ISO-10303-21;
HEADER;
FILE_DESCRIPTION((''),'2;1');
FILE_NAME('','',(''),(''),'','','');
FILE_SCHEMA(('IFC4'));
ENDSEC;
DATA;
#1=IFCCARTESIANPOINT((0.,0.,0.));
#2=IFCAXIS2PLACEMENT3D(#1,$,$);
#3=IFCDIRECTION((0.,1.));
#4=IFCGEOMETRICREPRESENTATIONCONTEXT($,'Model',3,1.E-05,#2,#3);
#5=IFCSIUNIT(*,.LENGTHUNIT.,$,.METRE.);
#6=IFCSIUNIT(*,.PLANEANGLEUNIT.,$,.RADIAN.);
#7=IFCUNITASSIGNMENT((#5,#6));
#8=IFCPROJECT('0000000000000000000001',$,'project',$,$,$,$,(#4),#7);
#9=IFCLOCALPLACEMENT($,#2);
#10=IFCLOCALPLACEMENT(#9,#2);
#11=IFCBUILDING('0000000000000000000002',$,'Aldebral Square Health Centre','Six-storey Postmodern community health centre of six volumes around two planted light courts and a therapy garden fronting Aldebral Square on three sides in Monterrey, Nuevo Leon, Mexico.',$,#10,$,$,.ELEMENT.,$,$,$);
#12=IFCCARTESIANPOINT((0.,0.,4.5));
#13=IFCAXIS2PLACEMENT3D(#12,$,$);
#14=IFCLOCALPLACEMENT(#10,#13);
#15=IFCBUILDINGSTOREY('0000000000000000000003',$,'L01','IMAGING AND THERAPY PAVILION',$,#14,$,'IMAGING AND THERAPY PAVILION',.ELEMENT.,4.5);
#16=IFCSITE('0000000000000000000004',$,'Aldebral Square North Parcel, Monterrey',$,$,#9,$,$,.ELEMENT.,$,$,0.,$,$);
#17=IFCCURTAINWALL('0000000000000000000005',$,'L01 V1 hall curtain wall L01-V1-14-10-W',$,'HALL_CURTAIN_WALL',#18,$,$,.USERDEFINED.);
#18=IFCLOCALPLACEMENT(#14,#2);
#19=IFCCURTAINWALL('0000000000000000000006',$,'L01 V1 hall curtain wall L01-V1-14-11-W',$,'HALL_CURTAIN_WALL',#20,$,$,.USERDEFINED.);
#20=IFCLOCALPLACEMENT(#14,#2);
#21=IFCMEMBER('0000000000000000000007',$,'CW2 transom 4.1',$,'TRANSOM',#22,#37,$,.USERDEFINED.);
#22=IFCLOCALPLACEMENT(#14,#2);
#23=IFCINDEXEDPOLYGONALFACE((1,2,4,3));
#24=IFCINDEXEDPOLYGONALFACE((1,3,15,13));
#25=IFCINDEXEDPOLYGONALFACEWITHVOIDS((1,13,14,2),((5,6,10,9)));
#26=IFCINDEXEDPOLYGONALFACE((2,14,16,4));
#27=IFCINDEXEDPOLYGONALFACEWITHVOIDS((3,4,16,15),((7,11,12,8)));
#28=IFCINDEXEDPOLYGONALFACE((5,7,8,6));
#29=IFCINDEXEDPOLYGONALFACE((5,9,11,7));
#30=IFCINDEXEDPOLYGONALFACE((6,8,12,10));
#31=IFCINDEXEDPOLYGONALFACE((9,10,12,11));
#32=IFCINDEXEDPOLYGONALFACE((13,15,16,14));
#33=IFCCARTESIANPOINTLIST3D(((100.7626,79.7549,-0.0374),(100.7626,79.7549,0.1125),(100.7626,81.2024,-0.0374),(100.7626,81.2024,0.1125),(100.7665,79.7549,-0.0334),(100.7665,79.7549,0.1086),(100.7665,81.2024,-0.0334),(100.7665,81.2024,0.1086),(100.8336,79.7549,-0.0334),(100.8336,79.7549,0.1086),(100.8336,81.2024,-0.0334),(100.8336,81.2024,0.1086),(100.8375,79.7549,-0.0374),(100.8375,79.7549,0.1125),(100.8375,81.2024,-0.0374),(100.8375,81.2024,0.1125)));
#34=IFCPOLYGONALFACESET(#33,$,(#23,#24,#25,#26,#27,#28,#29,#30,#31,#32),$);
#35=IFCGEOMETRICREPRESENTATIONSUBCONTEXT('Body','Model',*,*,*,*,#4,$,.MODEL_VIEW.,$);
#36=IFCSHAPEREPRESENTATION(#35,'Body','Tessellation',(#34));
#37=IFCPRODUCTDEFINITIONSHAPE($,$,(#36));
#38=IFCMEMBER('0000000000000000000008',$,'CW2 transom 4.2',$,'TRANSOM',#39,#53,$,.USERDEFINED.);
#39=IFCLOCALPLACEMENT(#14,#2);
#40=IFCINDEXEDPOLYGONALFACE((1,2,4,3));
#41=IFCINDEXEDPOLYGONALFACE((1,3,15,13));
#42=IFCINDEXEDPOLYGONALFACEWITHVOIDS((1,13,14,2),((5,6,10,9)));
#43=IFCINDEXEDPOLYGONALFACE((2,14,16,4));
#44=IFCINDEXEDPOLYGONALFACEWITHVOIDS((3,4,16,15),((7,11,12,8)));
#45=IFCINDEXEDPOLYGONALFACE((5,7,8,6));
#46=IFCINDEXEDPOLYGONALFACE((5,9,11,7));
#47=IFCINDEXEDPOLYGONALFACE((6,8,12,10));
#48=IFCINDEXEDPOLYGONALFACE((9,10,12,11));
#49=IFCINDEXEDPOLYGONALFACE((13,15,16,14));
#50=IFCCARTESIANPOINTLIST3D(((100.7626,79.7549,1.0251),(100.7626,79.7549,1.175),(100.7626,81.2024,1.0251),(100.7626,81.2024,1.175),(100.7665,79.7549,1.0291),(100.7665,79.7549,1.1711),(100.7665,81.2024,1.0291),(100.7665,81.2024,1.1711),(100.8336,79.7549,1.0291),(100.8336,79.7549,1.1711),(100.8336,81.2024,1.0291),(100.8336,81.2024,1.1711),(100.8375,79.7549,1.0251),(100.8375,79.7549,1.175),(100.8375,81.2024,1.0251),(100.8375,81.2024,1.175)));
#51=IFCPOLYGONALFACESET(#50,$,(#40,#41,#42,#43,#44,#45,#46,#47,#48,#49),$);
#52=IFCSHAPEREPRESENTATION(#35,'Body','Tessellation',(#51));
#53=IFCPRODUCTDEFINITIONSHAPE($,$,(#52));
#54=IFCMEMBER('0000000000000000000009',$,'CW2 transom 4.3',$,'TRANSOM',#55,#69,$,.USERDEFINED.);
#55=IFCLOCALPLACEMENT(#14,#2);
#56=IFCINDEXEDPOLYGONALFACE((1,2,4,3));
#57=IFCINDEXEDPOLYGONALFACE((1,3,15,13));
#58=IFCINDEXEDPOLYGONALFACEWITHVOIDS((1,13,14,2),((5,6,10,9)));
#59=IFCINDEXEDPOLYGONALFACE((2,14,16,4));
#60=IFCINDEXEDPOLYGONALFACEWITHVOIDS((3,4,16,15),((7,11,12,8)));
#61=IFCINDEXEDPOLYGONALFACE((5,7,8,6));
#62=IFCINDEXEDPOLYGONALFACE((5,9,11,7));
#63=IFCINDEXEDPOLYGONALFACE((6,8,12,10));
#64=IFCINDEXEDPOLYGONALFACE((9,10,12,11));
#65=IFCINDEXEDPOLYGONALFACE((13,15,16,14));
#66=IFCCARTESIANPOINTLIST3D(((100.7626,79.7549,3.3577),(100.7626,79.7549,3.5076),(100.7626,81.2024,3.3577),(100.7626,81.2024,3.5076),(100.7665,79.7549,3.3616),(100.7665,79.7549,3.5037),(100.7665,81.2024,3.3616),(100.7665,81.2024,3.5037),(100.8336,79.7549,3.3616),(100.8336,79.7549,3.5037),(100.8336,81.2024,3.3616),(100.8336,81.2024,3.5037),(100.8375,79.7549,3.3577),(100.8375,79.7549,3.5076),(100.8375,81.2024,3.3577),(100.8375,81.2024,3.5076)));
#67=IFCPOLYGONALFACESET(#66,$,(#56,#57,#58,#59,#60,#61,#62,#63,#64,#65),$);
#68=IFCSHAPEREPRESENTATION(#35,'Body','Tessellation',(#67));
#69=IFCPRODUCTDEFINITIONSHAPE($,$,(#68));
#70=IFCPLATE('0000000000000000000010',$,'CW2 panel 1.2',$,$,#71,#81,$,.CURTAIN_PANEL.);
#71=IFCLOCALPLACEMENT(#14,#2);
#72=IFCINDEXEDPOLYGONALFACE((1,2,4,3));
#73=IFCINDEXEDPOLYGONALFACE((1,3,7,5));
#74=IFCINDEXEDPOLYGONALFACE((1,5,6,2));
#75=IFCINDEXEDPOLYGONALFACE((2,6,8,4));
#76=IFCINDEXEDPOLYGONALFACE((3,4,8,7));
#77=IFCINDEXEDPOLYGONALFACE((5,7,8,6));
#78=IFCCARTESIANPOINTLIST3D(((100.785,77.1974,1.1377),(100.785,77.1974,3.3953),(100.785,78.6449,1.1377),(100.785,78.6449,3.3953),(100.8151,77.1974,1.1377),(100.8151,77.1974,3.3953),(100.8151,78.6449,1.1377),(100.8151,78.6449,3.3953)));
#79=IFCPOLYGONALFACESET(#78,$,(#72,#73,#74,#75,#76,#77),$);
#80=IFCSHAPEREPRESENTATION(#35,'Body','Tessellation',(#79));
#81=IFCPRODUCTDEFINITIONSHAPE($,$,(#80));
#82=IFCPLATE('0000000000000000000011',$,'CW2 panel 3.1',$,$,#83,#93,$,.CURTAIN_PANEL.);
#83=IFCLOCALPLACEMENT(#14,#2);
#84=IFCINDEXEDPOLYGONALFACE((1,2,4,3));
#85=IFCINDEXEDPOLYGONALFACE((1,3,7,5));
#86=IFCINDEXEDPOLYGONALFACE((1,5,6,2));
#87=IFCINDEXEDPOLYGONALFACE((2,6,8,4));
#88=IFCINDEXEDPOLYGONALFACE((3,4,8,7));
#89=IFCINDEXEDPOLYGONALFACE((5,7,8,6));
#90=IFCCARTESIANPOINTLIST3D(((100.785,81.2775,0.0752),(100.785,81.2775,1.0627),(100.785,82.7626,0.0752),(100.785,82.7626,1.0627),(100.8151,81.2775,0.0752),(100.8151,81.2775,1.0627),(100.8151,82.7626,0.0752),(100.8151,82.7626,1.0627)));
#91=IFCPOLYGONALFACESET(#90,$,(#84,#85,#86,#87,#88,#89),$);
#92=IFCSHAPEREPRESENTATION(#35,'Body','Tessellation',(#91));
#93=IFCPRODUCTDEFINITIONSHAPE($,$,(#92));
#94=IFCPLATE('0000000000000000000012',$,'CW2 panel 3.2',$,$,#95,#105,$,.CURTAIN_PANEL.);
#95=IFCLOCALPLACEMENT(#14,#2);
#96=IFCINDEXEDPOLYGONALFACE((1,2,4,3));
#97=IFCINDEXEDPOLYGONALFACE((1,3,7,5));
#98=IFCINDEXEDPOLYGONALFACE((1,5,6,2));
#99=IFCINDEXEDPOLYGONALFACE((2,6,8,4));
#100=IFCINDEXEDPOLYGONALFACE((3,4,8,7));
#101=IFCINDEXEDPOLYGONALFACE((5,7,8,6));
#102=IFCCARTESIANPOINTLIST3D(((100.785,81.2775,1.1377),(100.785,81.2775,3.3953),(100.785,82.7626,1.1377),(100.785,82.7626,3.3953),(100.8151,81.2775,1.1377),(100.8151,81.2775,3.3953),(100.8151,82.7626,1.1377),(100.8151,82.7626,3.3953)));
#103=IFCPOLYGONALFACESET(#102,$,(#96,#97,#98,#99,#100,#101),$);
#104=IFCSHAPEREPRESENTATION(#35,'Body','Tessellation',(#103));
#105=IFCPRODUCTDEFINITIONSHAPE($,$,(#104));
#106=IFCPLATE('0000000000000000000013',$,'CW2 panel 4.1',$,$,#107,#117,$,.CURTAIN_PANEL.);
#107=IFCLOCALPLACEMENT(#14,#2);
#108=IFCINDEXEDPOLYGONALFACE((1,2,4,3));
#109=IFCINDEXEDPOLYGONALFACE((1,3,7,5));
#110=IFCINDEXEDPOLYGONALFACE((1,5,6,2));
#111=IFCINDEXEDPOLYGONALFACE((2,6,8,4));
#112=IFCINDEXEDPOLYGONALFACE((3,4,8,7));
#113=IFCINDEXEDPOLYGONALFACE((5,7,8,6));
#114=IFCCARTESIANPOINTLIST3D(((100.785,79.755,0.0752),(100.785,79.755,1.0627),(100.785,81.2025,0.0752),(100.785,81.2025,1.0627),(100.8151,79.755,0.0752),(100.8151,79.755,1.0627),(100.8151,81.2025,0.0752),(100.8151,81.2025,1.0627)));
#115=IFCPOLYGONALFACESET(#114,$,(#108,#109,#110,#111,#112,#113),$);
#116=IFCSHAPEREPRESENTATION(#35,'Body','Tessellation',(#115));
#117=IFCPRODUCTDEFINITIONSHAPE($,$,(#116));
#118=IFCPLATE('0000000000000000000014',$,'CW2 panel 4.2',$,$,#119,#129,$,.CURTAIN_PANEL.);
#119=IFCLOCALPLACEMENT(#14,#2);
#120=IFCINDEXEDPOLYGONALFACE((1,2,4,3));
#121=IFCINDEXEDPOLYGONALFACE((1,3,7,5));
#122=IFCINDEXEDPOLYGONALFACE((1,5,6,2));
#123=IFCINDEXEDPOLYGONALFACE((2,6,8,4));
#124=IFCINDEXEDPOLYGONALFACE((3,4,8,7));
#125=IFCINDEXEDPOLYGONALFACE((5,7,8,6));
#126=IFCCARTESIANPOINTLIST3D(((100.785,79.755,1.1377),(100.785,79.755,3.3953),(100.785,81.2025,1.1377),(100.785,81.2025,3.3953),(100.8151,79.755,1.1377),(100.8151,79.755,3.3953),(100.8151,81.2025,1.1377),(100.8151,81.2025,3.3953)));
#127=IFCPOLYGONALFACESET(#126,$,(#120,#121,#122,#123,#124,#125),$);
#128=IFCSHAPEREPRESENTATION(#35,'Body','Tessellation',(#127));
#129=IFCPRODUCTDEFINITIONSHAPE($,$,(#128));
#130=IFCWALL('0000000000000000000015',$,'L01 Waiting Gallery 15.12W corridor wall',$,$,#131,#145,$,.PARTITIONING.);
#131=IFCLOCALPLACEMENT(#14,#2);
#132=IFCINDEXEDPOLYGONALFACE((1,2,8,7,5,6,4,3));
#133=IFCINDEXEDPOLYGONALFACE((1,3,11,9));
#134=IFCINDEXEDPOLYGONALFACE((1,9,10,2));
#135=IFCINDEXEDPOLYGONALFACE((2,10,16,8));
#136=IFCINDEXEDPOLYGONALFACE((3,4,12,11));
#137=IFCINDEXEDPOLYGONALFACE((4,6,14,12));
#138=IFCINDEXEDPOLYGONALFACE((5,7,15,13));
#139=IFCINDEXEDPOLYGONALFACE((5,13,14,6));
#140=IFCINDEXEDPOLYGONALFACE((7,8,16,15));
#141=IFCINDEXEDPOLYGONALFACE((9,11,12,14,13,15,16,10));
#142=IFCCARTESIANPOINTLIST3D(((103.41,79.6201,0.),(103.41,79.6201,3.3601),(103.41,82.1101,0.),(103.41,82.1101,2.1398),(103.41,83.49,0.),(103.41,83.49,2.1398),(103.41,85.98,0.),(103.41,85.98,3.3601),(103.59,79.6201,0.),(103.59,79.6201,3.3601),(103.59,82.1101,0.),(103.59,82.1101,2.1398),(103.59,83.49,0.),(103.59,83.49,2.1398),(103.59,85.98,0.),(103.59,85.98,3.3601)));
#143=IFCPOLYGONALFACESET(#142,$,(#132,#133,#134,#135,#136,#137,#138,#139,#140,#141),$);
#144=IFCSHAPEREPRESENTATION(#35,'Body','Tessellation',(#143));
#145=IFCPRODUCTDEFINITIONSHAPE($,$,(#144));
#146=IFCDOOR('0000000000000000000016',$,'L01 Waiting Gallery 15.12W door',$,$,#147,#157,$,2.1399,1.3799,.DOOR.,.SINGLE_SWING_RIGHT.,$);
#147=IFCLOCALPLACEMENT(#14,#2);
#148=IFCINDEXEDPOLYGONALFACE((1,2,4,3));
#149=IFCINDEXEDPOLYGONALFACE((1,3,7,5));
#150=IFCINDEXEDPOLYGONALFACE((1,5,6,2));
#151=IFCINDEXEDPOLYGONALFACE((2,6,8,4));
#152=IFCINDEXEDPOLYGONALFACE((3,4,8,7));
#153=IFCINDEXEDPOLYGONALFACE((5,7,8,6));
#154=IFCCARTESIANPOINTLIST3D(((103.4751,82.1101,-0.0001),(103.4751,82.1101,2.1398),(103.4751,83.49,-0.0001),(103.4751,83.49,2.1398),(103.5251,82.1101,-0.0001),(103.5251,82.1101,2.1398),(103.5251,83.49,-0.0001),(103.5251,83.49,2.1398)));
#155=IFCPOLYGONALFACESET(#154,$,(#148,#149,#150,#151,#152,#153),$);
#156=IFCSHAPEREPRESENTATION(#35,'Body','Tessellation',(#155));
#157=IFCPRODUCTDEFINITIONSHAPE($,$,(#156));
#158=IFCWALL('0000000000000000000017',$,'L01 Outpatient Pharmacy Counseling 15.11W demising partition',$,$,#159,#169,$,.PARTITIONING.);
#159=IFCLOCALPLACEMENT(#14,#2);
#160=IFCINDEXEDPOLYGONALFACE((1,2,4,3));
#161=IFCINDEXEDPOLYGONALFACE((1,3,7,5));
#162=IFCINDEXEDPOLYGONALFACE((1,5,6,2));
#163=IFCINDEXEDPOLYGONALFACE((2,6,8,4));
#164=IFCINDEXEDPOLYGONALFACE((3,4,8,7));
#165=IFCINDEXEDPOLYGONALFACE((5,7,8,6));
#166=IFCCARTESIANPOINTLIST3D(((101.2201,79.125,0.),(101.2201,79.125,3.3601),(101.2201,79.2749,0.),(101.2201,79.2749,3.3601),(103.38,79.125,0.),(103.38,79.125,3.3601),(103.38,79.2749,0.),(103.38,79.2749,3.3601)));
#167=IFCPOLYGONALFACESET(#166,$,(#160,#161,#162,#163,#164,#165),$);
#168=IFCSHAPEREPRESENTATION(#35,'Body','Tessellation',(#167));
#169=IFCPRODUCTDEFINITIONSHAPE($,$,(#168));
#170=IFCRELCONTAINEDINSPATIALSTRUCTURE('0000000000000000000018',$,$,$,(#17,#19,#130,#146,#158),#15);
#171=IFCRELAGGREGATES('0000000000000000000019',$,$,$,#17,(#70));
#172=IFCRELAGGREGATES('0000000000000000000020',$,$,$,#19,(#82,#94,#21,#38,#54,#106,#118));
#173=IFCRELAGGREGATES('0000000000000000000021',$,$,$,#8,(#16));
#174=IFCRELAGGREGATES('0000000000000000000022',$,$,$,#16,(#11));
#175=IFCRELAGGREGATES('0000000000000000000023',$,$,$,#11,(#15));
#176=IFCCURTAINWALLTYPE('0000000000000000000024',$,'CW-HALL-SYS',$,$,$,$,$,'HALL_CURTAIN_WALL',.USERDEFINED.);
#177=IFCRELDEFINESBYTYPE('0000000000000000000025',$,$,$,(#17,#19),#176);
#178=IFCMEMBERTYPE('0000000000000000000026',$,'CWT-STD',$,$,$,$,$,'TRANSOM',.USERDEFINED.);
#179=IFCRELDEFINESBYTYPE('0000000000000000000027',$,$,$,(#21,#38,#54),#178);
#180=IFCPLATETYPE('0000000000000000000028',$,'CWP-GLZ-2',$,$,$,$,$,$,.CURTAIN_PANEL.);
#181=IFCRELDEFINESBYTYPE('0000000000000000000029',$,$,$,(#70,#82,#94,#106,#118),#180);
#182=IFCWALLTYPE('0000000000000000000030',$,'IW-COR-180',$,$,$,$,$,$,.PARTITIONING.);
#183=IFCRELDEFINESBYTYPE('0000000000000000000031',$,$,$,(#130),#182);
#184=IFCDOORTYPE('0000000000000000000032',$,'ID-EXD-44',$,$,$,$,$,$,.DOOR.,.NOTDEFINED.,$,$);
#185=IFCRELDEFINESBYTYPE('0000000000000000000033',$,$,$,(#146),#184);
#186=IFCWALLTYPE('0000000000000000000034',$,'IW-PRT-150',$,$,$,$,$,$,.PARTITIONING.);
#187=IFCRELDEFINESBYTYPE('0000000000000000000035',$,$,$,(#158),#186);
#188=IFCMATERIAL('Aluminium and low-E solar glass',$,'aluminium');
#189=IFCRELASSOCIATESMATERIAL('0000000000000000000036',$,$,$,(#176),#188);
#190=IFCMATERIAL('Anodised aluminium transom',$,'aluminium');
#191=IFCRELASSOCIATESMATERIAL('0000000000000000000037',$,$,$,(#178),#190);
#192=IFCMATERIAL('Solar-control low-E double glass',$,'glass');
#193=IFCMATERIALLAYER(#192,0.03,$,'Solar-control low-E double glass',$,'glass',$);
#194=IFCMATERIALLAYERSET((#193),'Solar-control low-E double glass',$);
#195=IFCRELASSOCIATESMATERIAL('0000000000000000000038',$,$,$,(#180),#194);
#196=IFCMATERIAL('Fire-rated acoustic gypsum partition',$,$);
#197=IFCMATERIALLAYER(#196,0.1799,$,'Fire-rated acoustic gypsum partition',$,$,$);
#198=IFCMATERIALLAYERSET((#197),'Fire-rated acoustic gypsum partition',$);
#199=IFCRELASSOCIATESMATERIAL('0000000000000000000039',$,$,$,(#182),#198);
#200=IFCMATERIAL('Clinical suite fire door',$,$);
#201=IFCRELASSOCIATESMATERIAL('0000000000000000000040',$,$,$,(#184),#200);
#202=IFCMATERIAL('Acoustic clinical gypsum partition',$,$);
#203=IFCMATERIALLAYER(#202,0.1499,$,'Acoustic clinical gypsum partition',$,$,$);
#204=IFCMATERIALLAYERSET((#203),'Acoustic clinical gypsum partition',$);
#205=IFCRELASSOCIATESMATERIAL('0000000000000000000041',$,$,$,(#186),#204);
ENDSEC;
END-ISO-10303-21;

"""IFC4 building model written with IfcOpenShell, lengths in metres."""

from ifc_helpers import new_model, si_unit, direction, frame, frame_2d, origin, origin_2d, place, context, subcontext, project, spatial, rectangle, hollow_rectangle, extrude, material, layer, layer_set, material_profile, profile_set, type_object, element, fill, aggregate, save


model = new_model("IFC4")

# Units and contexts
model_context = context("Model", 3, precision=1e-05, world=origin(), true_north=direction((0.0, 1.0)))
body_context = subcontext(model_context, "Body", "Model", "MODEL_VIEW")
ifc_project = project(units=[si_unit("LENGTHUNIT", "METRE"), si_unit("PLANEANGLEUNIT", "RADIAN")], contexts=[model_context])

# Site, building, storey
site_placement = place(None, origin())
site = spatial("IfcSite", under=ifc_project, at=site_placement, Name="Aldebral Square North Parcel, Monterrey", CompositionType="ELEMENT", RefElevation=0.0)
building_placement = place(site_placement, origin())
building = spatial("IfcBuilding", under=site, at=building_placement, Name="Aldebral Square Health Centre", Description="Six-storey Postmodern community health centre of six volumes around two planted light courts and a therapy garden fronting Aldebral Square on three sides in Monterrey, Nuevo Leon, Mexico.", CompositionType="ELEMENT")
storey_placement = place(building_placement, frame((0.0, 0.0, 4.5)))
storey = spatial("IfcBuildingStorey", under=building, at=storey_placement, Name="L01", Description="IMAGING AND THERAPY PAVILION", LongName="IMAGING AND THERAPY PAVILION", CompositionType="ELEMENT", Elevation=4.5)

# Curtain wall
ifc_material_1 = material(Name="Aluminium and low-E solar glass", Category="aluminium")
curtain_wall_type = type_object("IfcCurtainWallType", Name="CW-HALL-SYS", ElementType="HALL_CURTAIN_WALL", PredefinedType="USERDEFINED", material=ifc_material_1)
curtain_wall_1_placement = place(storey_placement, origin())
curtain_wall_1 = element("IfcCurtainWall", 1, at=curtain_wall_1_placement, inside=storey, type_object=curtain_wall_type, Name="L01 V1 hall curtain wall L01-V1-14-10-W", ObjectType="HALL_CURTAIN_WALL", PredefinedType="USERDEFINED")

# Curtain wall
curtain_wall_2_placement = place(storey_placement, origin())
curtain_wall_2 = element("IfcCurtainWall", 2, at=curtain_wall_2_placement, inside=storey, type_object=curtain_wall_type, Name="L01 V1 hall curtain wall L01-V1-14-11-W", ObjectType="HALL_CURTAIN_WALL", PredefinedType="USERDEFINED")

# Members
ifc_material_2 = material(Name="Anodised aluminium transom", Category="aluminium")
ifc_material_profile_1 = material_profile(ifc_material_2, hollow_rectangle(XDim=0.075, YDim=0.1499, WallThickness=0.0039, at=origin_2d()), Name="CWT 75x150x4")
ifc_profile_set_1 = profile_set([ifc_material_profile_1], Name="Anodised aluminium transom")
member_type_1 = type_object("IfcMemberType", Name="CWT-STD", ElementType="TRANSOM", PredefinedType="USERDEFINED", material=ifc_profile_set_1)
member_1_placement = place(storey_placement, frame((100.8, 81.2024, 0.0376), z_axis=(0.0, -1.0, 0.0), x_axis=(1.0, 0.0, 0.0)))
member_1 = element("IfcMember", 3, at=member_1_placement, type_object=member_type_1, Name="CW2 transom 4.1", ObjectType="TRANSOM", PredefinedType="USERDEFINED", context=body_context, shape_type="SweptSolid", body=[
    extrude(hollow_rectangle(XDim=0.075, YDim=0.1499, WallThickness=0.0039, at=origin_2d()), origin(), (0.0, 0.0, 1.0), 1.4475),
])
member_2_placement = place(storey_placement, frame((100.8, 81.2024, 1.1001), z_axis=(0.0, -1.0, 0.0), x_axis=(1.0, 0.0, 0.0)))
member_2 = element("IfcMember", 4, at=member_2_placement, type_object=member_type_1, Name="CW2 transom 4.2", ObjectType="TRANSOM", PredefinedType="USERDEFINED", context=body_context, shape_type="SweptSolid", body=[
    extrude(hollow_rectangle(XDim=0.075, YDim=0.1499, WallThickness=0.0039, at=origin_2d()), origin(), (0.0, 0.0, 1.0), 1.4475),
])
member_3_placement = place(storey_placement, frame((100.8, 81.2024, 3.4326), z_axis=(0.0, -1.0, 0.0), x_axis=(1.0, 0.0, 0.0)))
member_3 = element("IfcMember", 5, at=member_3_placement, type_object=member_type_1, Name="CW2 transom 4.3", ObjectType="TRANSOM", PredefinedType="USERDEFINED", context=body_context, shape_type="SweptSolid", body=[
    extrude(hollow_rectangle(XDim=0.075, YDim=0.1499, WallThickness=0.0039, at=origin_2d()), origin(), (0.0, 0.0, 1.0), 1.4475),
])

# Plates
ifc_material_3 = material(Name="Solar-control low-E double glass", Category="glass")
ifc_layer_1 = layer(ifc_material_3, 0.03, Name="Solar-control low-E double glass", Category="glass")
ifc_layer_set_1 = layer_set([ifc_layer_1], Name="Solar-control low-E double glass")
plate_type = type_object("IfcPlateType", Name="CWP-GLZ-2", PredefinedType="CURTAIN_PANEL", material=ifc_layer_set_1)
plate_1_placement = place(storey_placement, frame((100.8, 77.9211, 1.1377), z_axis=(0.0, 0.0, 1.0), x_axis=(0.0, -1.0, 0.0)))
plate_1 = element("IfcPlate", 6, at=plate_1_placement, type_object=plate_type, Name="CW2 panel 1.2", PredefinedType="CURTAIN_PANEL", context=body_context, shape_type="SweptSolid", body=[
    extrude(rectangle(XDim=1.4475, YDim=0.03, at=origin_2d()), origin(), (0.0, 0.0, 1.0), 2.2576),
])
aggregate(curtain_wall_1, [plate_1])
plate_2_placement = place(storey_placement, frame((100.8, 82.02, 0.0752), z_axis=(0.0, 0.0, 1.0), x_axis=(0.0, -1.0, 0.0)))
plate_2 = element("IfcPlate", 7, at=plate_2_placement, type_object=plate_type, Name="CW2 panel 3.1", PredefinedType="CURTAIN_PANEL", context=body_context, shape_type="SweptSolid", body=[
    extrude(rectangle(XDim=1.4851, YDim=0.03, at=origin_2d()), origin(), (0.0, 0.0, 1.0), 0.9875),
])
plate_3_placement = place(storey_placement, frame((100.8, 82.02, 1.1377), z_axis=(0.0, 0.0, 1.0), x_axis=(0.0, -1.0, 0.0)))
plate_3 = element("IfcPlate", 8, at=plate_3_placement, type_object=plate_type, Name="CW2 panel 3.2", PredefinedType="CURTAIN_PANEL", context=body_context, shape_type="SweptSolid", body=[
    extrude(rectangle(XDim=1.4851, YDim=0.03, at=origin_2d()), origin(), (0.0, 0.0, 1.0), 2.2576),
])
plate_4_placement = place(storey_placement, frame((100.8, 80.4788, 0.0752), z_axis=(0.0, 0.0, 1.0), x_axis=(0.0, -1.0, 0.0)))
plate_4 = element("IfcPlate", 9, at=plate_4_placement, type_object=plate_type, Name="CW2 panel 4.1", PredefinedType="CURTAIN_PANEL", context=body_context, shape_type="SweptSolid", body=[
    extrude(rectangle(XDim=1.4475, YDim=0.03, at=origin_2d()), origin(), (0.0, 0.0, 1.0), 0.9875),
])
plate_5_placement = place(storey_placement, frame((100.8, 80.4788, 1.1377), z_axis=(0.0, 0.0, 1.0), x_axis=(0.0, -1.0, 0.0)))
plate_5 = element("IfcPlate", 10, at=plate_5_placement, type_object=plate_type, Name="CW2 panel 4.2", PredefinedType="CURTAIN_PANEL", context=body_context, shape_type="SweptSolid", body=[
    extrude(rectangle(XDim=1.4475, YDim=0.03, at=origin_2d()), origin(), (0.0, 0.0, 1.0), 2.2576),
])
aggregate(curtain_wall_2, [plate_2, plate_3, member_1, member_2, member_3, plate_4, plate_5])

# Wall, opening, door
ifc_material_4 = material(Name="Fire-rated acoustic gypsum partition")
ifc_layer_2 = layer(ifc_material_4, 0.1799, Name="Fire-rated acoustic gypsum partition")
ifc_layer_set_2 = layer_set([ifc_layer_2], Name="Fire-rated acoustic gypsum partition")
wall_type_1 = type_object("IfcWallType", Name="IW-COR-180", PredefinedType="PARTITIONING", material=ifc_layer_set_2)
wall_1_placement = place(storey_placement, frame((103.5, 79.6201, 0.0), z_axis=(0.0, 0.0, 1.0), x_axis=(0.0, 1.0, 0.0)))
wall_1 = element("IfcWall", 11, at=wall_1_placement, inside=storey, type_object=wall_type_1, Name="L01 Waiting Gallery 15.12W corridor wall", PredefinedType="PARTITIONING", context=body_context, shape_type="SweptSolid", body=[
    extrude(rectangle(XDim=6.3599, YDim=0.1799, at=frame_2d((3.1799, 0.0))), origin(), (0.0, 0.0, 1.0), 3.3601),
])
opening_placement = place(wall_1_placement, frame((2.49, 0.0, 0.0)))
opening = element("IfcOpeningElement", 12, at=opening_placement, cuts=wall_1, PredefinedType="OPENING", context=body_context, shape_type="SweptSolid", body=[
    extrude(rectangle(XDim=1.3799, YDim=2.1399, at=frame_2d((0.6899, 1.0698))), frame((0.0, 0.1001, 0.0), z_axis=(0.0, -1.0, 0.0), x_axis=(1.0, 0.0, 0.0)), (0.0, 0.0, 1.0), 0.2),
])
ifc_material_5 = material(Name="Clinical suite fire door")
door_type = type_object("IfcDoorType", Name="ID-EXD-44", OperationType="NOTDEFINED", PredefinedType="DOOR", material=ifc_material_5)
door_placement = place(opening_placement, origin())
door = element("IfcDoor", 13, at=door_placement, inside=storey, type_object=door_type, Name="L01 Waiting Gallery 15.12W door", OperationType="SINGLE_SWING_RIGHT", OverallHeight=2.1399, OverallWidth=1.3799, PredefinedType="DOOR", context=body_context, shape_type="SweptSolid", body=[
    extrude(rectangle(XDim=1.3799, YDim=2.1399, at=frame_2d((0.6899, 1.0698))), frame((0.0, 0.0249, 0.0), z_axis=(0.0, -1.0, 0.0), x_axis=(1.0, 0.0, 0.0)), (0.0, 0.0, 1.0), 0.05),
])
fill(opening, door)

# Wall
ifc_material_6 = material(Name="Acoustic clinical gypsum partition")
ifc_layer_3 = layer(ifc_material_6, 0.1499, Name="Acoustic clinical gypsum partition")
ifc_layer_set_3 = layer_set([ifc_layer_3], Name="Acoustic clinical gypsum partition")
wall_type_2 = type_object("IfcWallType", Name="IW-PRT-150", PredefinedType="PARTITIONING", material=ifc_layer_set_3)
wall_2_placement = place(storey_placement, frame((101.22, 79.2, 0.0), z_axis=(0.0, 0.0, 1.0), x_axis=(1.0, 0.0, 0.0)))
element("IfcWall", 14, at=wall_2_placement, inside=storey, type_object=wall_type_2, Name="L01 Outpatient Pharmacy Counseling 15.11W demising partition", PredefinedType="PARTITIONING", context=body_context, shape_type="SweptSolid", body=[
    extrude(rectangle(XDim=2.1599, YDim=0.1499, at=frame_2d((1.0801, 0.0))), origin(), (0.0, 0.0, 1.0), 3.3601),
])

save(model, "model.ifc")
